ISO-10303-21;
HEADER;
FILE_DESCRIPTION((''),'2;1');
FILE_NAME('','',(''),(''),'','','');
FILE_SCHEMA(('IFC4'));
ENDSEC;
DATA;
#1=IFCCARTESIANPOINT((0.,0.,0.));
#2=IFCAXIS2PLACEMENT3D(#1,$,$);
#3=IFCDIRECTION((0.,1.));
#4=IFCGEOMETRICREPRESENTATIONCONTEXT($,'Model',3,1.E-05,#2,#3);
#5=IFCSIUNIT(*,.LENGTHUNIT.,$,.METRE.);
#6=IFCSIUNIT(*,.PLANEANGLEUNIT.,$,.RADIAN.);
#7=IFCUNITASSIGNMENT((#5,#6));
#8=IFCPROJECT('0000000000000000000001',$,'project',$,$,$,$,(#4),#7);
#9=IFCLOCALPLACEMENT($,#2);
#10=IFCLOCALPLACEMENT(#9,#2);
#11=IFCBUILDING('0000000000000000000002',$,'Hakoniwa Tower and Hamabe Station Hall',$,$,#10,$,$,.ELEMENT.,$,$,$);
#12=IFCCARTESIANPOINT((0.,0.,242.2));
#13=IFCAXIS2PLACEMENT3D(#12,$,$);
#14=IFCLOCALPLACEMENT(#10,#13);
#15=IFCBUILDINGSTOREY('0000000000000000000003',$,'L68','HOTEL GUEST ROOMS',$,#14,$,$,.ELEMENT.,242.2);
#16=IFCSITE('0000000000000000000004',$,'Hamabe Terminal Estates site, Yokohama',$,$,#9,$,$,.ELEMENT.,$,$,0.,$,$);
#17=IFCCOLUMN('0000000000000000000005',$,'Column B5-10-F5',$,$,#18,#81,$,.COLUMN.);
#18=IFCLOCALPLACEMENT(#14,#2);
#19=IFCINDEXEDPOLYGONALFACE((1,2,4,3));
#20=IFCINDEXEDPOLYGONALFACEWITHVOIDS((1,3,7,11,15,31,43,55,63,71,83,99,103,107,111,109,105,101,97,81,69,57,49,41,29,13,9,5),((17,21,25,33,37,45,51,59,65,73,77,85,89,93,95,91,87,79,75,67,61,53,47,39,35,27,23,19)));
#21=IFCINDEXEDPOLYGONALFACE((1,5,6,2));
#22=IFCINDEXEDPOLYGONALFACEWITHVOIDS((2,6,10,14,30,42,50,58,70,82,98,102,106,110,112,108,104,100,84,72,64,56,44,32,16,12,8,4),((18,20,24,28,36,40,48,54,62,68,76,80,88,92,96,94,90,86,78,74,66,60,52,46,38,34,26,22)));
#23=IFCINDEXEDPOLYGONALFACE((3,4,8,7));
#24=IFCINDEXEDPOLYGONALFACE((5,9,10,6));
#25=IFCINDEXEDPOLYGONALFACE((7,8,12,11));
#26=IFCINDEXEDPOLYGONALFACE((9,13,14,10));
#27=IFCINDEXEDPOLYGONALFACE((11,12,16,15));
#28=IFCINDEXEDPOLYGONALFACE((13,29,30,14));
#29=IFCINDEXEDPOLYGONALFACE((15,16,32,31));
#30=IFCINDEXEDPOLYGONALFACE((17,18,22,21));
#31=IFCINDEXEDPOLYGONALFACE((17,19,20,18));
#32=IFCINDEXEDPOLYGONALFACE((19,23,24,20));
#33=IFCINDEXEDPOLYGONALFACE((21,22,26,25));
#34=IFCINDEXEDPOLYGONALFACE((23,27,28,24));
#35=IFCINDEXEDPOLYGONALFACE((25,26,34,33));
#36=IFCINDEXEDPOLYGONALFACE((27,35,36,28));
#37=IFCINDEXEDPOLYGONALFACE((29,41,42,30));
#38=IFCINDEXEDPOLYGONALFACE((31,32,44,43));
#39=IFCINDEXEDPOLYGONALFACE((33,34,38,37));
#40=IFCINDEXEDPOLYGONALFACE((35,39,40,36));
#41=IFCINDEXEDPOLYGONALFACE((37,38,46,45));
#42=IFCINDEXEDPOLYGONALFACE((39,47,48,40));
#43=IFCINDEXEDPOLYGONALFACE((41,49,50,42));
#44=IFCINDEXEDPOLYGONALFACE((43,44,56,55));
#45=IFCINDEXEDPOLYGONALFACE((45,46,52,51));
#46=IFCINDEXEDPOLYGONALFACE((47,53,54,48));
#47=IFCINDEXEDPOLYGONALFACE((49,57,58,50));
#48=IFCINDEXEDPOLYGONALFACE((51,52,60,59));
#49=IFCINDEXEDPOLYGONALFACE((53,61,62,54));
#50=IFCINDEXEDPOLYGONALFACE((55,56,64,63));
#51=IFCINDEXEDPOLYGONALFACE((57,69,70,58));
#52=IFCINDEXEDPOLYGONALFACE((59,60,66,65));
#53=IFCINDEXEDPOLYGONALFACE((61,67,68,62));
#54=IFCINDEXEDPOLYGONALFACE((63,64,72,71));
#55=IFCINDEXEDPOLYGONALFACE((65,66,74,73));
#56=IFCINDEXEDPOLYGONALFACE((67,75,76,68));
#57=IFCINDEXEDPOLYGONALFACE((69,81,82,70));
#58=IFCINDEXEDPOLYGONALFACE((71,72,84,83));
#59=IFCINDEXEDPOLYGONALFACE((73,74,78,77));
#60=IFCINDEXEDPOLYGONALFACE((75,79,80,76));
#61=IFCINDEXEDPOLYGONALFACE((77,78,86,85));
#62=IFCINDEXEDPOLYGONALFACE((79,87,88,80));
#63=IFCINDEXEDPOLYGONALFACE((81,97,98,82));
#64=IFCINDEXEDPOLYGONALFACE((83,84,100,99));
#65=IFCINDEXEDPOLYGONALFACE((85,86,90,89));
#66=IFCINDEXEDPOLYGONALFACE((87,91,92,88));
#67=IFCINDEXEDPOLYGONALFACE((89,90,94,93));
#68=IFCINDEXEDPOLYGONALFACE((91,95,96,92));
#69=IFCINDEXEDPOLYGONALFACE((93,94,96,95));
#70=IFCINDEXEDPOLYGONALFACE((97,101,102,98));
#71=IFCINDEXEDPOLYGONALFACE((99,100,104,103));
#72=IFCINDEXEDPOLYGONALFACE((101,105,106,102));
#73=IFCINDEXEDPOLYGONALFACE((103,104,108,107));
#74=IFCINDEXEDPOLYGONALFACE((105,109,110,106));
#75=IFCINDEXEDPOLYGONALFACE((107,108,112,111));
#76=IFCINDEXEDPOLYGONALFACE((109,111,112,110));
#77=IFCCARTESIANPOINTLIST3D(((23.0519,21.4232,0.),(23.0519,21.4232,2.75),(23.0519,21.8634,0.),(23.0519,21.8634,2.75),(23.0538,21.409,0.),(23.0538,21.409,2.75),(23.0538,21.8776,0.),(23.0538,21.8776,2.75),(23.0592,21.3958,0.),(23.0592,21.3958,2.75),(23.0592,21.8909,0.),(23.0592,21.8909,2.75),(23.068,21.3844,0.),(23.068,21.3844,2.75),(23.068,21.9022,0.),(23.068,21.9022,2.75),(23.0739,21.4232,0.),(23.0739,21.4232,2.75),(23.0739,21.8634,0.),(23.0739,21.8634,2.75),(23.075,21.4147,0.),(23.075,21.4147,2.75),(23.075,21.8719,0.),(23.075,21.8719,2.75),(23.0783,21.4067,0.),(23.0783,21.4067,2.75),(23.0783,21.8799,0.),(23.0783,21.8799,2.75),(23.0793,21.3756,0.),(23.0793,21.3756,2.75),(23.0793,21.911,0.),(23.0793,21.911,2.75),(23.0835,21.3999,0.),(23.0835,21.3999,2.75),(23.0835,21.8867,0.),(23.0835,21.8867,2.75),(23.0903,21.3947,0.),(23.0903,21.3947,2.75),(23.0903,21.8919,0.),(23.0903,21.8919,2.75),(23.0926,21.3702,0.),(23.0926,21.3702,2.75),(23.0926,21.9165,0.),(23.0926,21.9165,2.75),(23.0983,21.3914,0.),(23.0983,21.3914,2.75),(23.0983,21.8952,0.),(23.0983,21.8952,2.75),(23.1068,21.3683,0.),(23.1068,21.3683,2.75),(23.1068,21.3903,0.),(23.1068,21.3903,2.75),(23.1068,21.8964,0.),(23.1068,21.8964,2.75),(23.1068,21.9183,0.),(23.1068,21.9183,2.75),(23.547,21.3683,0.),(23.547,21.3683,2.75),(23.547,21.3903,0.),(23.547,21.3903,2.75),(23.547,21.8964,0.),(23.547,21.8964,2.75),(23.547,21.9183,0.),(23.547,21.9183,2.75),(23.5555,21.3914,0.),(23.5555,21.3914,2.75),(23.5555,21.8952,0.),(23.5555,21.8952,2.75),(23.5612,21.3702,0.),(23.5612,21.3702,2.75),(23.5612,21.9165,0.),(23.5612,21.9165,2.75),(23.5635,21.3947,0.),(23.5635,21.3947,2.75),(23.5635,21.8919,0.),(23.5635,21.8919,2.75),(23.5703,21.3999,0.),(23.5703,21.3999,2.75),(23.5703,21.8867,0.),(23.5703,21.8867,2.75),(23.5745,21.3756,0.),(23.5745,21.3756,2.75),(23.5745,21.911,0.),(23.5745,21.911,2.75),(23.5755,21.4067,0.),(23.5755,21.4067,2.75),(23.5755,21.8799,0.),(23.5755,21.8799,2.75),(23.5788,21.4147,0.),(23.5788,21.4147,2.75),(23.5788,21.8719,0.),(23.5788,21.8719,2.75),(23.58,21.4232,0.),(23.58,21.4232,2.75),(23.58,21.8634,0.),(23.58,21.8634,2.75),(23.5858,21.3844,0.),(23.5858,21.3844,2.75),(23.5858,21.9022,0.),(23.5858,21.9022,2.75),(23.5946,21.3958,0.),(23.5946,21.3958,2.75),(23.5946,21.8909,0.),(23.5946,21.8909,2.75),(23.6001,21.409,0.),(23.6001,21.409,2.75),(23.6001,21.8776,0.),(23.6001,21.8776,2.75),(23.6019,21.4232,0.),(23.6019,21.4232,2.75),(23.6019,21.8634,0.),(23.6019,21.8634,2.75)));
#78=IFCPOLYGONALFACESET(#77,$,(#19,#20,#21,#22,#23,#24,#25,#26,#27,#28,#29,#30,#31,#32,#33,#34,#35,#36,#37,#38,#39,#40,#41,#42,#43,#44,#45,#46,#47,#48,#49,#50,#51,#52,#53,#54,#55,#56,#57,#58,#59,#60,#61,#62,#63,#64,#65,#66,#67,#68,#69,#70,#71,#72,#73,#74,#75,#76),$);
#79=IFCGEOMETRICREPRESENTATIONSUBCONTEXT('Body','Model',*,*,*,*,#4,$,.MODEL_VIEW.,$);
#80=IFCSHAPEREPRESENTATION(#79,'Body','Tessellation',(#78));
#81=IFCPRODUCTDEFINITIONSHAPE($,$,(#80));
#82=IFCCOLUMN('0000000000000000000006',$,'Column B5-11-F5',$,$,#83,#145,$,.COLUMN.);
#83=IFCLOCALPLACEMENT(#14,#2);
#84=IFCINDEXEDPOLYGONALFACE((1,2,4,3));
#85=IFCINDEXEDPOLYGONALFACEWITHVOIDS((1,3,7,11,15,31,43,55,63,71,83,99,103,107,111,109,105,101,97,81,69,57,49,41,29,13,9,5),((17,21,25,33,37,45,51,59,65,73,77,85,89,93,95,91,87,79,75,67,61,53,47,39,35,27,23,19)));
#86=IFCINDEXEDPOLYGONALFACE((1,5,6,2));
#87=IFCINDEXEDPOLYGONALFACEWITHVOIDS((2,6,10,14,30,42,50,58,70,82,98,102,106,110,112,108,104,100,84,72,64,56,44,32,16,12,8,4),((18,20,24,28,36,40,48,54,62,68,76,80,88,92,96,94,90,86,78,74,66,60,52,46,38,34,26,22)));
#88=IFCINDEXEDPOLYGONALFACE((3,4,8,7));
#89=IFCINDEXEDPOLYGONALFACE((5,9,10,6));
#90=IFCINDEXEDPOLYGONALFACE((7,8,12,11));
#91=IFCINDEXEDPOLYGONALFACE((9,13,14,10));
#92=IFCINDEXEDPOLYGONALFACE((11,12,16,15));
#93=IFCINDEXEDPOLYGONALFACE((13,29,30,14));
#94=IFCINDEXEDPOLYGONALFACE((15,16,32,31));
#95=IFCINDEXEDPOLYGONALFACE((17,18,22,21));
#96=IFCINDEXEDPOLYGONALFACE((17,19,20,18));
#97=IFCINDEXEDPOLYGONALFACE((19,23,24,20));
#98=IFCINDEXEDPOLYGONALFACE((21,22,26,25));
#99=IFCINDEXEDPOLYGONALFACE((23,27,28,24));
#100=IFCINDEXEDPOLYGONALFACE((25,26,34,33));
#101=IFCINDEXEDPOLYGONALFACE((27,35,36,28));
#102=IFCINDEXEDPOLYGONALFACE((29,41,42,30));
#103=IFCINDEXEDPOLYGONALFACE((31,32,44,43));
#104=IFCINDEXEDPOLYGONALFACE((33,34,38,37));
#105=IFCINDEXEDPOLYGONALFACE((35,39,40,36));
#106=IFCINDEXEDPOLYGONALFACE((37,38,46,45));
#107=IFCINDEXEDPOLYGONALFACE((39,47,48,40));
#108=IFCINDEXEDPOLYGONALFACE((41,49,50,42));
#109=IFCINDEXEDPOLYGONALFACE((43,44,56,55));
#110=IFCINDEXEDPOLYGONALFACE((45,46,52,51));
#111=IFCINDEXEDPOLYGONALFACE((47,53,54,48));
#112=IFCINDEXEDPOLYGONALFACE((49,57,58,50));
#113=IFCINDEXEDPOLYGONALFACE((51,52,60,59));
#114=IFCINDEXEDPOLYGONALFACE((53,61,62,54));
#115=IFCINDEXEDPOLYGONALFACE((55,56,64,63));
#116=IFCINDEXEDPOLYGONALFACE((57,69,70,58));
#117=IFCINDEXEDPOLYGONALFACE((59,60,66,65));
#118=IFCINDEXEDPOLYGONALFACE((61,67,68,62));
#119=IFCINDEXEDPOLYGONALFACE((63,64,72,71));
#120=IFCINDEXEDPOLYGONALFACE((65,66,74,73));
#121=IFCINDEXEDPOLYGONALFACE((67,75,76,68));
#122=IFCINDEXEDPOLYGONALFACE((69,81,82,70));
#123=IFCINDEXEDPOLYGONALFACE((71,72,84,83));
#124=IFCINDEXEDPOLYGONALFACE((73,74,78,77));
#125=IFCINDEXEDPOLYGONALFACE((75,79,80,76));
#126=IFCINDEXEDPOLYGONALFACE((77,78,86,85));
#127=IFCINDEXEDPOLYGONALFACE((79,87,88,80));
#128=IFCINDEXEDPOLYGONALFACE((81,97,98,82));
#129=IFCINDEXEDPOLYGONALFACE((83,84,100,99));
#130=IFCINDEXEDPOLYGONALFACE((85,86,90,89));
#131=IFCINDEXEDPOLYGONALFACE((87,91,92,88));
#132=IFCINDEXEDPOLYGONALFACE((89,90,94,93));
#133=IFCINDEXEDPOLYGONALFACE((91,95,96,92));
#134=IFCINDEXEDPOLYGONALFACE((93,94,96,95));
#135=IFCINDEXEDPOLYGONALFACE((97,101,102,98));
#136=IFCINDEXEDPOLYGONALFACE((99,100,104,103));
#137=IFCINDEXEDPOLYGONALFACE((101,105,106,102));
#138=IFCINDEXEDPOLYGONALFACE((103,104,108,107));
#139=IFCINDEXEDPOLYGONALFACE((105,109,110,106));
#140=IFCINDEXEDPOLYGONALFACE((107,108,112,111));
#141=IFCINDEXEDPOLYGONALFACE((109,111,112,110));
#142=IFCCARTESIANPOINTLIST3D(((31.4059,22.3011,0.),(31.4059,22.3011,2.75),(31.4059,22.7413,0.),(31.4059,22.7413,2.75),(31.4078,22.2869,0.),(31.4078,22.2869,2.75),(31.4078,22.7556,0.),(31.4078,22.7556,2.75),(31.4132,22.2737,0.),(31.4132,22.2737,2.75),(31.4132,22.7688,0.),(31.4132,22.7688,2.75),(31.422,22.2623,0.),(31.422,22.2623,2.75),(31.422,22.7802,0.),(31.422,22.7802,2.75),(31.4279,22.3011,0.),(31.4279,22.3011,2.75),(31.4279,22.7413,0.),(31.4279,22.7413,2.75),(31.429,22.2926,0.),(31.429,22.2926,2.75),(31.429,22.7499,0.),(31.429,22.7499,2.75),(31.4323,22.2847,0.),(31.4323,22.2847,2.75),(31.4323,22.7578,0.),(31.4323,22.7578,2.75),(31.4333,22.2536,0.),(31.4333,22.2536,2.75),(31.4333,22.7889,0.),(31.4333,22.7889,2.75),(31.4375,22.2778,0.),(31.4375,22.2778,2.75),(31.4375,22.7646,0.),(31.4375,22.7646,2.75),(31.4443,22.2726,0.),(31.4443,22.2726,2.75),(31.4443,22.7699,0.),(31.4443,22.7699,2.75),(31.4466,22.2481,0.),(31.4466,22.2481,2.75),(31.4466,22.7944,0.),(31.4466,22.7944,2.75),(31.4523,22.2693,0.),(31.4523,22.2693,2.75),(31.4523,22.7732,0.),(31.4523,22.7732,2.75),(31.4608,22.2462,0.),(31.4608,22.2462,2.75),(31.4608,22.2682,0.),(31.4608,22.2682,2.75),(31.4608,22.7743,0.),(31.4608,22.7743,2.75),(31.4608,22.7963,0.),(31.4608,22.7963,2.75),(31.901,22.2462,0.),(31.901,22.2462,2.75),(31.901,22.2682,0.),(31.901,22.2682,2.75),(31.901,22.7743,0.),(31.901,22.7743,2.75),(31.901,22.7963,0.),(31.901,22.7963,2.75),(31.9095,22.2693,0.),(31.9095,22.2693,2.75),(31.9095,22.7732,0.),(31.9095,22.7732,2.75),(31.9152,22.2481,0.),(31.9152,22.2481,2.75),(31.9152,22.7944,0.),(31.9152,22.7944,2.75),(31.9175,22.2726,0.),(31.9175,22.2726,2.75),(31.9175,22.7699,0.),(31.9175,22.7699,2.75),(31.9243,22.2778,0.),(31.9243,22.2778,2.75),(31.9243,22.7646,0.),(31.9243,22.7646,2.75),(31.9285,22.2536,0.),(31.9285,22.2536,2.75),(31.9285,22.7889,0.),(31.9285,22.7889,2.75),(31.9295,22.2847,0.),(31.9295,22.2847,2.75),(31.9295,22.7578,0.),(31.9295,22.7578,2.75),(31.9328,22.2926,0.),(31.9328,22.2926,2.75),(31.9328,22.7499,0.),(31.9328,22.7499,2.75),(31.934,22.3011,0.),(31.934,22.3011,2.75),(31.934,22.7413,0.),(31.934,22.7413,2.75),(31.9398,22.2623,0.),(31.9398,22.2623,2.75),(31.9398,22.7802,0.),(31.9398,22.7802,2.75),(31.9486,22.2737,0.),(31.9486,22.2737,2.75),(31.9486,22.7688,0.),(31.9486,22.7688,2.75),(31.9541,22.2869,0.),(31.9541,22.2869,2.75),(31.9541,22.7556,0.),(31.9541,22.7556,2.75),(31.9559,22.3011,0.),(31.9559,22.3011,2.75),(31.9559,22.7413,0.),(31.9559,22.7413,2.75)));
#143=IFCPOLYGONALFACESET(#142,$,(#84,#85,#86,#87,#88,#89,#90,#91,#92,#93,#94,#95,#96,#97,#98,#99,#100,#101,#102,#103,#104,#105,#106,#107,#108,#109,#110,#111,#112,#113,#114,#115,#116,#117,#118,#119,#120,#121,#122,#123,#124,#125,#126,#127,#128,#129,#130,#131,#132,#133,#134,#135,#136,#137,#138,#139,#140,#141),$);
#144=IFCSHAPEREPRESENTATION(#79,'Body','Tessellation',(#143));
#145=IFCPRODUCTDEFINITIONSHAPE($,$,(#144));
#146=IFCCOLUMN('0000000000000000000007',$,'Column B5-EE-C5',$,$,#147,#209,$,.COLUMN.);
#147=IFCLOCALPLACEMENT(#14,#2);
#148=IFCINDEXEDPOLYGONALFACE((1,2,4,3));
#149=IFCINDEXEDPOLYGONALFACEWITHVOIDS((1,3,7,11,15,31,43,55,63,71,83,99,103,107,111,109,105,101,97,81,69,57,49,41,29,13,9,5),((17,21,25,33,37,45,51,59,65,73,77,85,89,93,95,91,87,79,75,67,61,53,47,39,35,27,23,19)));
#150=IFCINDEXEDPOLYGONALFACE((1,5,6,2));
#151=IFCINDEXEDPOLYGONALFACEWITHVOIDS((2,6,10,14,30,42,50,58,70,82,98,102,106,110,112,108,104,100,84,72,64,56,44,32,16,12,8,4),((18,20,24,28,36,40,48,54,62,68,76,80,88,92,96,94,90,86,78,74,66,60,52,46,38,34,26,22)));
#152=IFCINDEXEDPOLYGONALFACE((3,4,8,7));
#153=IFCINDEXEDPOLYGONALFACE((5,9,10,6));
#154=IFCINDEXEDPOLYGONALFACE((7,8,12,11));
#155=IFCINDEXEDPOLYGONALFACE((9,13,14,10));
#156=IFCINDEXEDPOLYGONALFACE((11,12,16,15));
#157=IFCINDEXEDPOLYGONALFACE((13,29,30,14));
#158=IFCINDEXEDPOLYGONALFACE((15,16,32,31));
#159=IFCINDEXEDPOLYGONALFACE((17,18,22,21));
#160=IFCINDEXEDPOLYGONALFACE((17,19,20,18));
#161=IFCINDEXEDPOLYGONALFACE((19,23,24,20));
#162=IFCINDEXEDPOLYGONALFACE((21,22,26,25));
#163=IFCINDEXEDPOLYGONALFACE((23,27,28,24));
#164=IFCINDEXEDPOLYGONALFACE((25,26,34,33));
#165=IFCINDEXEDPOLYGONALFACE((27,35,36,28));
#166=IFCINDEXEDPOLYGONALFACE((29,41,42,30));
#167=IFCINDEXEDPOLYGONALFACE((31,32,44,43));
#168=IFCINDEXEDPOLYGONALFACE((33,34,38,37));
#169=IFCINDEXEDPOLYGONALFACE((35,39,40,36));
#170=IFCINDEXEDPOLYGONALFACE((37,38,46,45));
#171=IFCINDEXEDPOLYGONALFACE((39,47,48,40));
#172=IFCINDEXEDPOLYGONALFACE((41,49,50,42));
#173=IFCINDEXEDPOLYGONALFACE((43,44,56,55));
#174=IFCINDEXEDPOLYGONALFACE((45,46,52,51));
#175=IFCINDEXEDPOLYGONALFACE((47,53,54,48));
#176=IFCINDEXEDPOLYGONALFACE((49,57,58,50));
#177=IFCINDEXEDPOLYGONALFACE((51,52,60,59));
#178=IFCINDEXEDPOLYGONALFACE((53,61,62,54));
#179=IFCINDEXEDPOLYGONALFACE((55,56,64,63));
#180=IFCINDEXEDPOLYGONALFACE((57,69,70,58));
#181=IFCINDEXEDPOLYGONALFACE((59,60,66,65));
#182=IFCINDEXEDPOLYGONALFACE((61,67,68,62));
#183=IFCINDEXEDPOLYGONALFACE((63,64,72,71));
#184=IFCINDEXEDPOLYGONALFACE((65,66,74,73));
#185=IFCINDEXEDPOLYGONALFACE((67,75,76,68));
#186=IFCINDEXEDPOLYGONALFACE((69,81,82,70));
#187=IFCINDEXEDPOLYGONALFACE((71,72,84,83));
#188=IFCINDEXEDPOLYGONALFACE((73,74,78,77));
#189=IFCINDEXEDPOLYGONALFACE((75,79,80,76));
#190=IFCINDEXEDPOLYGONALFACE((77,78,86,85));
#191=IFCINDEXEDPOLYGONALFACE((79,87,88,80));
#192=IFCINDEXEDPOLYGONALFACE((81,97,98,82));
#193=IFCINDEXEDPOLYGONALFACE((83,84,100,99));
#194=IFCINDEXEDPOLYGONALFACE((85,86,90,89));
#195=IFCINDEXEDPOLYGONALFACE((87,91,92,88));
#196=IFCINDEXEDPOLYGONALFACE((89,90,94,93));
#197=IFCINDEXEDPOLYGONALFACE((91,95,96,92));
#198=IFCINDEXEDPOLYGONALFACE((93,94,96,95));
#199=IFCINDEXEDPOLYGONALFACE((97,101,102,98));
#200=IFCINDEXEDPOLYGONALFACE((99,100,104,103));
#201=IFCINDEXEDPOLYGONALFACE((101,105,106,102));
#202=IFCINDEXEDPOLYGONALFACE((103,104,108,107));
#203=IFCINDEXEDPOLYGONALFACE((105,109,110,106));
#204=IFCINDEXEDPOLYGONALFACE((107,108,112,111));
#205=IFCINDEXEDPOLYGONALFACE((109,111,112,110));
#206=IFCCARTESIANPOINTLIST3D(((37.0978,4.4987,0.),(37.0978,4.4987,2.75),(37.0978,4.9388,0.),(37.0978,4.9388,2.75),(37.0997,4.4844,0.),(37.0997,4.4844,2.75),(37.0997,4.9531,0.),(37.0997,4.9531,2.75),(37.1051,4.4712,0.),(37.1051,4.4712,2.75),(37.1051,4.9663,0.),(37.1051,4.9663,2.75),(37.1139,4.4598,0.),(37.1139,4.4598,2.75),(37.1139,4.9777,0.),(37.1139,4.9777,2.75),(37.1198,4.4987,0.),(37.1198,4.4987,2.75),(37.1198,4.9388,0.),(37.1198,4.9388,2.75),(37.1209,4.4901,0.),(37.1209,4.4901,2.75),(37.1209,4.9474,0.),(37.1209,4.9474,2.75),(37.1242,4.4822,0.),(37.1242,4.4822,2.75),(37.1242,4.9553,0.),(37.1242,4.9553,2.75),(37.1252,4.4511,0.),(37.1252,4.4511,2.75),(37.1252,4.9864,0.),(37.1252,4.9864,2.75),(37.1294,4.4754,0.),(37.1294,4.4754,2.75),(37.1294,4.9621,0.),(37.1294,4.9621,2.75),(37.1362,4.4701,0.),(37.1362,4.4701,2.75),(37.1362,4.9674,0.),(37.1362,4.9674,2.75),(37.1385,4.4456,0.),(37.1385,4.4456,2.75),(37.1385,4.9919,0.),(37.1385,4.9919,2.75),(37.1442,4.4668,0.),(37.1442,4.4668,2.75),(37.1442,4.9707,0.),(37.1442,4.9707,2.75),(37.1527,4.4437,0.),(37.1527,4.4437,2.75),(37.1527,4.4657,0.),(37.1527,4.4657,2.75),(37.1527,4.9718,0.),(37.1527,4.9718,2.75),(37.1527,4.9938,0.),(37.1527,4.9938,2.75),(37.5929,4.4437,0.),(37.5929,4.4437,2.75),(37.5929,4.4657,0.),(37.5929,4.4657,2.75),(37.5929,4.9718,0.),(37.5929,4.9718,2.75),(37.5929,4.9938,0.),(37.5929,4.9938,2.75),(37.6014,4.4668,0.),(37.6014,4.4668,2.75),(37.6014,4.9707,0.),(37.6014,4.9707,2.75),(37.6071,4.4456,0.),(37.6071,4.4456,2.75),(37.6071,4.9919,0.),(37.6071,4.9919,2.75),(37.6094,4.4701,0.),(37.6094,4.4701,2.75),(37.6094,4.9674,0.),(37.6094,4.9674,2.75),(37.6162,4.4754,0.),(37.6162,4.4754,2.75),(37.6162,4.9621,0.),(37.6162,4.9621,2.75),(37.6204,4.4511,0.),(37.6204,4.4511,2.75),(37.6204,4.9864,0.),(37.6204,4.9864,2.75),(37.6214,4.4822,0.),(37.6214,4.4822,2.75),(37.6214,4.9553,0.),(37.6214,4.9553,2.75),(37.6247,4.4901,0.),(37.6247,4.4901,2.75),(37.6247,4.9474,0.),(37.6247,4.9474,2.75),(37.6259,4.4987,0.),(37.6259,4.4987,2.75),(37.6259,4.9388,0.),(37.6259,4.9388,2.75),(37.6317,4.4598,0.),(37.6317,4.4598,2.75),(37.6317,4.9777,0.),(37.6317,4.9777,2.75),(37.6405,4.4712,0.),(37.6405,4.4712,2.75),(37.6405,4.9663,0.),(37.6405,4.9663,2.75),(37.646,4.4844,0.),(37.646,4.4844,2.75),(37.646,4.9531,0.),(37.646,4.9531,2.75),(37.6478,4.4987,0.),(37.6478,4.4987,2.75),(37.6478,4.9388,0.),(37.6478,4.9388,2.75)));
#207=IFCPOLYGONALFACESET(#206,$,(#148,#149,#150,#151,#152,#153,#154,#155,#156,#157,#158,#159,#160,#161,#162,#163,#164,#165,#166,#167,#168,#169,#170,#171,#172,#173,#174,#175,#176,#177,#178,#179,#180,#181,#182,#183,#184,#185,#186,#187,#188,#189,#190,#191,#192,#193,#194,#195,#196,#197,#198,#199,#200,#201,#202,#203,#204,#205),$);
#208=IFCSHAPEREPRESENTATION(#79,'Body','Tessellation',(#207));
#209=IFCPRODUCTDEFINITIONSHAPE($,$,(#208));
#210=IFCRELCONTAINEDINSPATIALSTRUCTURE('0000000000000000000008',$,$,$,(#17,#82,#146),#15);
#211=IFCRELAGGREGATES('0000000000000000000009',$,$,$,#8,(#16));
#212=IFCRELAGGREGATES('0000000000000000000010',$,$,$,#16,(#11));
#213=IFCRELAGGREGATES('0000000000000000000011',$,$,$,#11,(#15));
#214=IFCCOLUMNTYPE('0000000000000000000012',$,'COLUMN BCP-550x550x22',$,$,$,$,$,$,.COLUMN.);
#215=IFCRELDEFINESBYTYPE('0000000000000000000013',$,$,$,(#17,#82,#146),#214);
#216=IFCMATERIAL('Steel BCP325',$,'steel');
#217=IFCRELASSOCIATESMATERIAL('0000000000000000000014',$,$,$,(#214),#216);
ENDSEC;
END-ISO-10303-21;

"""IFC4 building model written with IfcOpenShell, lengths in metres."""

from ifc_helpers import new_model, si_unit, direction, frame, origin, origin_2d, place, context, subcontext, project, spatial, hollow_rectangle, extrude, material, material_profile, profile_set, type_object, element, save


model = new_model("IFC4")

# Units and contexts
model_context = context("Model", 3, precision=1e-05, world=origin(), true_north=direction((0.0, 1.0)))
body_context = subcontext(model_context, "Body", "Model", "MODEL_VIEW")
ifc_project = project(units=[si_unit("LENGTHUNIT", "METRE"), si_unit("PLANEANGLEUNIT", "RADIAN")], contexts=[model_context])

# Site, building, storey
site_placement = place(None, origin())
site = spatial("IfcSite", under=ifc_project, at=site_placement, Name="Hamabe Terminal Estates site, Yokohama", CompositionType="ELEMENT", RefElevation=0.0)
building_placement = place(site_placement, origin())
building = spatial("IfcBuilding", under=site, at=building_placement, Name="Hakoniwa Tower and Hamabe Station Hall", CompositionType="ELEMENT")
storey_placement = place(building_placement, frame((0.0, 0.0, 242.2)))
storey = spatial("IfcBuildingStorey", under=building, at=storey_placement, Name="L68", Description="HOTEL GUEST ROOMS", CompositionType="ELEMENT", Elevation=242.2)

# Columns
ifc_material_1 = material(Name="Steel BCP325", Category="steel")
ifc_material_profile_1 = material_profile(ifc_material_1, hollow_rectangle(XDim=0.55, YDim=0.55, WallThickness=0.022, InnerFilletRadius=0.033, OuterFilletRadius=0.0549, at=origin_2d()), Name="BCP-550x550x22")
ifc_profile_set_1 = profile_set([ifc_material_profile_1], Name="Steel BCP325")
column_type = type_object("IfcColumnType", Name="COLUMN BCP-550x550x22", PredefinedType="COLUMN", material=ifc_profile_set_1)
for number, where, z_axis, x_axis, name in (
    (1, (23.3269, 21.6433, 0.0), (0.0, 0.0, 1.0), (1.0, 0.0, 0.0), "Column B5-10-F5"),
    (2, (31.6809, 22.5212, 0.0), (0.0, 0.0, 1.0), (1.0, 0.0, 0.0), "Column B5-11-F5"),
    (3, (37.3728, 4.7188, 0.0), (0.0, 0.0, 1.0), (1.0, 0.0, 0.0), "Column B5-EE-C5"),
):
    element("IfcColumn", number, at=place(storey_placement, frame(where, z_axis=z_axis, x_axis=x_axis)), inside=storey, type_object=column_type, Name=name, PredefinedType="COLUMN", context=body_context, shape_type="SweptSolid", body=[
        extrude(hollow_rectangle(XDim=0.55, YDim=0.55, WallThickness=0.022, InnerFilletRadius=0.033, OuterFilletRadius=0.0549, at=origin_2d()), origin(), (0.0, 0.0, 1.0), 2.75),
    ])

save(model, "model.ifc")
